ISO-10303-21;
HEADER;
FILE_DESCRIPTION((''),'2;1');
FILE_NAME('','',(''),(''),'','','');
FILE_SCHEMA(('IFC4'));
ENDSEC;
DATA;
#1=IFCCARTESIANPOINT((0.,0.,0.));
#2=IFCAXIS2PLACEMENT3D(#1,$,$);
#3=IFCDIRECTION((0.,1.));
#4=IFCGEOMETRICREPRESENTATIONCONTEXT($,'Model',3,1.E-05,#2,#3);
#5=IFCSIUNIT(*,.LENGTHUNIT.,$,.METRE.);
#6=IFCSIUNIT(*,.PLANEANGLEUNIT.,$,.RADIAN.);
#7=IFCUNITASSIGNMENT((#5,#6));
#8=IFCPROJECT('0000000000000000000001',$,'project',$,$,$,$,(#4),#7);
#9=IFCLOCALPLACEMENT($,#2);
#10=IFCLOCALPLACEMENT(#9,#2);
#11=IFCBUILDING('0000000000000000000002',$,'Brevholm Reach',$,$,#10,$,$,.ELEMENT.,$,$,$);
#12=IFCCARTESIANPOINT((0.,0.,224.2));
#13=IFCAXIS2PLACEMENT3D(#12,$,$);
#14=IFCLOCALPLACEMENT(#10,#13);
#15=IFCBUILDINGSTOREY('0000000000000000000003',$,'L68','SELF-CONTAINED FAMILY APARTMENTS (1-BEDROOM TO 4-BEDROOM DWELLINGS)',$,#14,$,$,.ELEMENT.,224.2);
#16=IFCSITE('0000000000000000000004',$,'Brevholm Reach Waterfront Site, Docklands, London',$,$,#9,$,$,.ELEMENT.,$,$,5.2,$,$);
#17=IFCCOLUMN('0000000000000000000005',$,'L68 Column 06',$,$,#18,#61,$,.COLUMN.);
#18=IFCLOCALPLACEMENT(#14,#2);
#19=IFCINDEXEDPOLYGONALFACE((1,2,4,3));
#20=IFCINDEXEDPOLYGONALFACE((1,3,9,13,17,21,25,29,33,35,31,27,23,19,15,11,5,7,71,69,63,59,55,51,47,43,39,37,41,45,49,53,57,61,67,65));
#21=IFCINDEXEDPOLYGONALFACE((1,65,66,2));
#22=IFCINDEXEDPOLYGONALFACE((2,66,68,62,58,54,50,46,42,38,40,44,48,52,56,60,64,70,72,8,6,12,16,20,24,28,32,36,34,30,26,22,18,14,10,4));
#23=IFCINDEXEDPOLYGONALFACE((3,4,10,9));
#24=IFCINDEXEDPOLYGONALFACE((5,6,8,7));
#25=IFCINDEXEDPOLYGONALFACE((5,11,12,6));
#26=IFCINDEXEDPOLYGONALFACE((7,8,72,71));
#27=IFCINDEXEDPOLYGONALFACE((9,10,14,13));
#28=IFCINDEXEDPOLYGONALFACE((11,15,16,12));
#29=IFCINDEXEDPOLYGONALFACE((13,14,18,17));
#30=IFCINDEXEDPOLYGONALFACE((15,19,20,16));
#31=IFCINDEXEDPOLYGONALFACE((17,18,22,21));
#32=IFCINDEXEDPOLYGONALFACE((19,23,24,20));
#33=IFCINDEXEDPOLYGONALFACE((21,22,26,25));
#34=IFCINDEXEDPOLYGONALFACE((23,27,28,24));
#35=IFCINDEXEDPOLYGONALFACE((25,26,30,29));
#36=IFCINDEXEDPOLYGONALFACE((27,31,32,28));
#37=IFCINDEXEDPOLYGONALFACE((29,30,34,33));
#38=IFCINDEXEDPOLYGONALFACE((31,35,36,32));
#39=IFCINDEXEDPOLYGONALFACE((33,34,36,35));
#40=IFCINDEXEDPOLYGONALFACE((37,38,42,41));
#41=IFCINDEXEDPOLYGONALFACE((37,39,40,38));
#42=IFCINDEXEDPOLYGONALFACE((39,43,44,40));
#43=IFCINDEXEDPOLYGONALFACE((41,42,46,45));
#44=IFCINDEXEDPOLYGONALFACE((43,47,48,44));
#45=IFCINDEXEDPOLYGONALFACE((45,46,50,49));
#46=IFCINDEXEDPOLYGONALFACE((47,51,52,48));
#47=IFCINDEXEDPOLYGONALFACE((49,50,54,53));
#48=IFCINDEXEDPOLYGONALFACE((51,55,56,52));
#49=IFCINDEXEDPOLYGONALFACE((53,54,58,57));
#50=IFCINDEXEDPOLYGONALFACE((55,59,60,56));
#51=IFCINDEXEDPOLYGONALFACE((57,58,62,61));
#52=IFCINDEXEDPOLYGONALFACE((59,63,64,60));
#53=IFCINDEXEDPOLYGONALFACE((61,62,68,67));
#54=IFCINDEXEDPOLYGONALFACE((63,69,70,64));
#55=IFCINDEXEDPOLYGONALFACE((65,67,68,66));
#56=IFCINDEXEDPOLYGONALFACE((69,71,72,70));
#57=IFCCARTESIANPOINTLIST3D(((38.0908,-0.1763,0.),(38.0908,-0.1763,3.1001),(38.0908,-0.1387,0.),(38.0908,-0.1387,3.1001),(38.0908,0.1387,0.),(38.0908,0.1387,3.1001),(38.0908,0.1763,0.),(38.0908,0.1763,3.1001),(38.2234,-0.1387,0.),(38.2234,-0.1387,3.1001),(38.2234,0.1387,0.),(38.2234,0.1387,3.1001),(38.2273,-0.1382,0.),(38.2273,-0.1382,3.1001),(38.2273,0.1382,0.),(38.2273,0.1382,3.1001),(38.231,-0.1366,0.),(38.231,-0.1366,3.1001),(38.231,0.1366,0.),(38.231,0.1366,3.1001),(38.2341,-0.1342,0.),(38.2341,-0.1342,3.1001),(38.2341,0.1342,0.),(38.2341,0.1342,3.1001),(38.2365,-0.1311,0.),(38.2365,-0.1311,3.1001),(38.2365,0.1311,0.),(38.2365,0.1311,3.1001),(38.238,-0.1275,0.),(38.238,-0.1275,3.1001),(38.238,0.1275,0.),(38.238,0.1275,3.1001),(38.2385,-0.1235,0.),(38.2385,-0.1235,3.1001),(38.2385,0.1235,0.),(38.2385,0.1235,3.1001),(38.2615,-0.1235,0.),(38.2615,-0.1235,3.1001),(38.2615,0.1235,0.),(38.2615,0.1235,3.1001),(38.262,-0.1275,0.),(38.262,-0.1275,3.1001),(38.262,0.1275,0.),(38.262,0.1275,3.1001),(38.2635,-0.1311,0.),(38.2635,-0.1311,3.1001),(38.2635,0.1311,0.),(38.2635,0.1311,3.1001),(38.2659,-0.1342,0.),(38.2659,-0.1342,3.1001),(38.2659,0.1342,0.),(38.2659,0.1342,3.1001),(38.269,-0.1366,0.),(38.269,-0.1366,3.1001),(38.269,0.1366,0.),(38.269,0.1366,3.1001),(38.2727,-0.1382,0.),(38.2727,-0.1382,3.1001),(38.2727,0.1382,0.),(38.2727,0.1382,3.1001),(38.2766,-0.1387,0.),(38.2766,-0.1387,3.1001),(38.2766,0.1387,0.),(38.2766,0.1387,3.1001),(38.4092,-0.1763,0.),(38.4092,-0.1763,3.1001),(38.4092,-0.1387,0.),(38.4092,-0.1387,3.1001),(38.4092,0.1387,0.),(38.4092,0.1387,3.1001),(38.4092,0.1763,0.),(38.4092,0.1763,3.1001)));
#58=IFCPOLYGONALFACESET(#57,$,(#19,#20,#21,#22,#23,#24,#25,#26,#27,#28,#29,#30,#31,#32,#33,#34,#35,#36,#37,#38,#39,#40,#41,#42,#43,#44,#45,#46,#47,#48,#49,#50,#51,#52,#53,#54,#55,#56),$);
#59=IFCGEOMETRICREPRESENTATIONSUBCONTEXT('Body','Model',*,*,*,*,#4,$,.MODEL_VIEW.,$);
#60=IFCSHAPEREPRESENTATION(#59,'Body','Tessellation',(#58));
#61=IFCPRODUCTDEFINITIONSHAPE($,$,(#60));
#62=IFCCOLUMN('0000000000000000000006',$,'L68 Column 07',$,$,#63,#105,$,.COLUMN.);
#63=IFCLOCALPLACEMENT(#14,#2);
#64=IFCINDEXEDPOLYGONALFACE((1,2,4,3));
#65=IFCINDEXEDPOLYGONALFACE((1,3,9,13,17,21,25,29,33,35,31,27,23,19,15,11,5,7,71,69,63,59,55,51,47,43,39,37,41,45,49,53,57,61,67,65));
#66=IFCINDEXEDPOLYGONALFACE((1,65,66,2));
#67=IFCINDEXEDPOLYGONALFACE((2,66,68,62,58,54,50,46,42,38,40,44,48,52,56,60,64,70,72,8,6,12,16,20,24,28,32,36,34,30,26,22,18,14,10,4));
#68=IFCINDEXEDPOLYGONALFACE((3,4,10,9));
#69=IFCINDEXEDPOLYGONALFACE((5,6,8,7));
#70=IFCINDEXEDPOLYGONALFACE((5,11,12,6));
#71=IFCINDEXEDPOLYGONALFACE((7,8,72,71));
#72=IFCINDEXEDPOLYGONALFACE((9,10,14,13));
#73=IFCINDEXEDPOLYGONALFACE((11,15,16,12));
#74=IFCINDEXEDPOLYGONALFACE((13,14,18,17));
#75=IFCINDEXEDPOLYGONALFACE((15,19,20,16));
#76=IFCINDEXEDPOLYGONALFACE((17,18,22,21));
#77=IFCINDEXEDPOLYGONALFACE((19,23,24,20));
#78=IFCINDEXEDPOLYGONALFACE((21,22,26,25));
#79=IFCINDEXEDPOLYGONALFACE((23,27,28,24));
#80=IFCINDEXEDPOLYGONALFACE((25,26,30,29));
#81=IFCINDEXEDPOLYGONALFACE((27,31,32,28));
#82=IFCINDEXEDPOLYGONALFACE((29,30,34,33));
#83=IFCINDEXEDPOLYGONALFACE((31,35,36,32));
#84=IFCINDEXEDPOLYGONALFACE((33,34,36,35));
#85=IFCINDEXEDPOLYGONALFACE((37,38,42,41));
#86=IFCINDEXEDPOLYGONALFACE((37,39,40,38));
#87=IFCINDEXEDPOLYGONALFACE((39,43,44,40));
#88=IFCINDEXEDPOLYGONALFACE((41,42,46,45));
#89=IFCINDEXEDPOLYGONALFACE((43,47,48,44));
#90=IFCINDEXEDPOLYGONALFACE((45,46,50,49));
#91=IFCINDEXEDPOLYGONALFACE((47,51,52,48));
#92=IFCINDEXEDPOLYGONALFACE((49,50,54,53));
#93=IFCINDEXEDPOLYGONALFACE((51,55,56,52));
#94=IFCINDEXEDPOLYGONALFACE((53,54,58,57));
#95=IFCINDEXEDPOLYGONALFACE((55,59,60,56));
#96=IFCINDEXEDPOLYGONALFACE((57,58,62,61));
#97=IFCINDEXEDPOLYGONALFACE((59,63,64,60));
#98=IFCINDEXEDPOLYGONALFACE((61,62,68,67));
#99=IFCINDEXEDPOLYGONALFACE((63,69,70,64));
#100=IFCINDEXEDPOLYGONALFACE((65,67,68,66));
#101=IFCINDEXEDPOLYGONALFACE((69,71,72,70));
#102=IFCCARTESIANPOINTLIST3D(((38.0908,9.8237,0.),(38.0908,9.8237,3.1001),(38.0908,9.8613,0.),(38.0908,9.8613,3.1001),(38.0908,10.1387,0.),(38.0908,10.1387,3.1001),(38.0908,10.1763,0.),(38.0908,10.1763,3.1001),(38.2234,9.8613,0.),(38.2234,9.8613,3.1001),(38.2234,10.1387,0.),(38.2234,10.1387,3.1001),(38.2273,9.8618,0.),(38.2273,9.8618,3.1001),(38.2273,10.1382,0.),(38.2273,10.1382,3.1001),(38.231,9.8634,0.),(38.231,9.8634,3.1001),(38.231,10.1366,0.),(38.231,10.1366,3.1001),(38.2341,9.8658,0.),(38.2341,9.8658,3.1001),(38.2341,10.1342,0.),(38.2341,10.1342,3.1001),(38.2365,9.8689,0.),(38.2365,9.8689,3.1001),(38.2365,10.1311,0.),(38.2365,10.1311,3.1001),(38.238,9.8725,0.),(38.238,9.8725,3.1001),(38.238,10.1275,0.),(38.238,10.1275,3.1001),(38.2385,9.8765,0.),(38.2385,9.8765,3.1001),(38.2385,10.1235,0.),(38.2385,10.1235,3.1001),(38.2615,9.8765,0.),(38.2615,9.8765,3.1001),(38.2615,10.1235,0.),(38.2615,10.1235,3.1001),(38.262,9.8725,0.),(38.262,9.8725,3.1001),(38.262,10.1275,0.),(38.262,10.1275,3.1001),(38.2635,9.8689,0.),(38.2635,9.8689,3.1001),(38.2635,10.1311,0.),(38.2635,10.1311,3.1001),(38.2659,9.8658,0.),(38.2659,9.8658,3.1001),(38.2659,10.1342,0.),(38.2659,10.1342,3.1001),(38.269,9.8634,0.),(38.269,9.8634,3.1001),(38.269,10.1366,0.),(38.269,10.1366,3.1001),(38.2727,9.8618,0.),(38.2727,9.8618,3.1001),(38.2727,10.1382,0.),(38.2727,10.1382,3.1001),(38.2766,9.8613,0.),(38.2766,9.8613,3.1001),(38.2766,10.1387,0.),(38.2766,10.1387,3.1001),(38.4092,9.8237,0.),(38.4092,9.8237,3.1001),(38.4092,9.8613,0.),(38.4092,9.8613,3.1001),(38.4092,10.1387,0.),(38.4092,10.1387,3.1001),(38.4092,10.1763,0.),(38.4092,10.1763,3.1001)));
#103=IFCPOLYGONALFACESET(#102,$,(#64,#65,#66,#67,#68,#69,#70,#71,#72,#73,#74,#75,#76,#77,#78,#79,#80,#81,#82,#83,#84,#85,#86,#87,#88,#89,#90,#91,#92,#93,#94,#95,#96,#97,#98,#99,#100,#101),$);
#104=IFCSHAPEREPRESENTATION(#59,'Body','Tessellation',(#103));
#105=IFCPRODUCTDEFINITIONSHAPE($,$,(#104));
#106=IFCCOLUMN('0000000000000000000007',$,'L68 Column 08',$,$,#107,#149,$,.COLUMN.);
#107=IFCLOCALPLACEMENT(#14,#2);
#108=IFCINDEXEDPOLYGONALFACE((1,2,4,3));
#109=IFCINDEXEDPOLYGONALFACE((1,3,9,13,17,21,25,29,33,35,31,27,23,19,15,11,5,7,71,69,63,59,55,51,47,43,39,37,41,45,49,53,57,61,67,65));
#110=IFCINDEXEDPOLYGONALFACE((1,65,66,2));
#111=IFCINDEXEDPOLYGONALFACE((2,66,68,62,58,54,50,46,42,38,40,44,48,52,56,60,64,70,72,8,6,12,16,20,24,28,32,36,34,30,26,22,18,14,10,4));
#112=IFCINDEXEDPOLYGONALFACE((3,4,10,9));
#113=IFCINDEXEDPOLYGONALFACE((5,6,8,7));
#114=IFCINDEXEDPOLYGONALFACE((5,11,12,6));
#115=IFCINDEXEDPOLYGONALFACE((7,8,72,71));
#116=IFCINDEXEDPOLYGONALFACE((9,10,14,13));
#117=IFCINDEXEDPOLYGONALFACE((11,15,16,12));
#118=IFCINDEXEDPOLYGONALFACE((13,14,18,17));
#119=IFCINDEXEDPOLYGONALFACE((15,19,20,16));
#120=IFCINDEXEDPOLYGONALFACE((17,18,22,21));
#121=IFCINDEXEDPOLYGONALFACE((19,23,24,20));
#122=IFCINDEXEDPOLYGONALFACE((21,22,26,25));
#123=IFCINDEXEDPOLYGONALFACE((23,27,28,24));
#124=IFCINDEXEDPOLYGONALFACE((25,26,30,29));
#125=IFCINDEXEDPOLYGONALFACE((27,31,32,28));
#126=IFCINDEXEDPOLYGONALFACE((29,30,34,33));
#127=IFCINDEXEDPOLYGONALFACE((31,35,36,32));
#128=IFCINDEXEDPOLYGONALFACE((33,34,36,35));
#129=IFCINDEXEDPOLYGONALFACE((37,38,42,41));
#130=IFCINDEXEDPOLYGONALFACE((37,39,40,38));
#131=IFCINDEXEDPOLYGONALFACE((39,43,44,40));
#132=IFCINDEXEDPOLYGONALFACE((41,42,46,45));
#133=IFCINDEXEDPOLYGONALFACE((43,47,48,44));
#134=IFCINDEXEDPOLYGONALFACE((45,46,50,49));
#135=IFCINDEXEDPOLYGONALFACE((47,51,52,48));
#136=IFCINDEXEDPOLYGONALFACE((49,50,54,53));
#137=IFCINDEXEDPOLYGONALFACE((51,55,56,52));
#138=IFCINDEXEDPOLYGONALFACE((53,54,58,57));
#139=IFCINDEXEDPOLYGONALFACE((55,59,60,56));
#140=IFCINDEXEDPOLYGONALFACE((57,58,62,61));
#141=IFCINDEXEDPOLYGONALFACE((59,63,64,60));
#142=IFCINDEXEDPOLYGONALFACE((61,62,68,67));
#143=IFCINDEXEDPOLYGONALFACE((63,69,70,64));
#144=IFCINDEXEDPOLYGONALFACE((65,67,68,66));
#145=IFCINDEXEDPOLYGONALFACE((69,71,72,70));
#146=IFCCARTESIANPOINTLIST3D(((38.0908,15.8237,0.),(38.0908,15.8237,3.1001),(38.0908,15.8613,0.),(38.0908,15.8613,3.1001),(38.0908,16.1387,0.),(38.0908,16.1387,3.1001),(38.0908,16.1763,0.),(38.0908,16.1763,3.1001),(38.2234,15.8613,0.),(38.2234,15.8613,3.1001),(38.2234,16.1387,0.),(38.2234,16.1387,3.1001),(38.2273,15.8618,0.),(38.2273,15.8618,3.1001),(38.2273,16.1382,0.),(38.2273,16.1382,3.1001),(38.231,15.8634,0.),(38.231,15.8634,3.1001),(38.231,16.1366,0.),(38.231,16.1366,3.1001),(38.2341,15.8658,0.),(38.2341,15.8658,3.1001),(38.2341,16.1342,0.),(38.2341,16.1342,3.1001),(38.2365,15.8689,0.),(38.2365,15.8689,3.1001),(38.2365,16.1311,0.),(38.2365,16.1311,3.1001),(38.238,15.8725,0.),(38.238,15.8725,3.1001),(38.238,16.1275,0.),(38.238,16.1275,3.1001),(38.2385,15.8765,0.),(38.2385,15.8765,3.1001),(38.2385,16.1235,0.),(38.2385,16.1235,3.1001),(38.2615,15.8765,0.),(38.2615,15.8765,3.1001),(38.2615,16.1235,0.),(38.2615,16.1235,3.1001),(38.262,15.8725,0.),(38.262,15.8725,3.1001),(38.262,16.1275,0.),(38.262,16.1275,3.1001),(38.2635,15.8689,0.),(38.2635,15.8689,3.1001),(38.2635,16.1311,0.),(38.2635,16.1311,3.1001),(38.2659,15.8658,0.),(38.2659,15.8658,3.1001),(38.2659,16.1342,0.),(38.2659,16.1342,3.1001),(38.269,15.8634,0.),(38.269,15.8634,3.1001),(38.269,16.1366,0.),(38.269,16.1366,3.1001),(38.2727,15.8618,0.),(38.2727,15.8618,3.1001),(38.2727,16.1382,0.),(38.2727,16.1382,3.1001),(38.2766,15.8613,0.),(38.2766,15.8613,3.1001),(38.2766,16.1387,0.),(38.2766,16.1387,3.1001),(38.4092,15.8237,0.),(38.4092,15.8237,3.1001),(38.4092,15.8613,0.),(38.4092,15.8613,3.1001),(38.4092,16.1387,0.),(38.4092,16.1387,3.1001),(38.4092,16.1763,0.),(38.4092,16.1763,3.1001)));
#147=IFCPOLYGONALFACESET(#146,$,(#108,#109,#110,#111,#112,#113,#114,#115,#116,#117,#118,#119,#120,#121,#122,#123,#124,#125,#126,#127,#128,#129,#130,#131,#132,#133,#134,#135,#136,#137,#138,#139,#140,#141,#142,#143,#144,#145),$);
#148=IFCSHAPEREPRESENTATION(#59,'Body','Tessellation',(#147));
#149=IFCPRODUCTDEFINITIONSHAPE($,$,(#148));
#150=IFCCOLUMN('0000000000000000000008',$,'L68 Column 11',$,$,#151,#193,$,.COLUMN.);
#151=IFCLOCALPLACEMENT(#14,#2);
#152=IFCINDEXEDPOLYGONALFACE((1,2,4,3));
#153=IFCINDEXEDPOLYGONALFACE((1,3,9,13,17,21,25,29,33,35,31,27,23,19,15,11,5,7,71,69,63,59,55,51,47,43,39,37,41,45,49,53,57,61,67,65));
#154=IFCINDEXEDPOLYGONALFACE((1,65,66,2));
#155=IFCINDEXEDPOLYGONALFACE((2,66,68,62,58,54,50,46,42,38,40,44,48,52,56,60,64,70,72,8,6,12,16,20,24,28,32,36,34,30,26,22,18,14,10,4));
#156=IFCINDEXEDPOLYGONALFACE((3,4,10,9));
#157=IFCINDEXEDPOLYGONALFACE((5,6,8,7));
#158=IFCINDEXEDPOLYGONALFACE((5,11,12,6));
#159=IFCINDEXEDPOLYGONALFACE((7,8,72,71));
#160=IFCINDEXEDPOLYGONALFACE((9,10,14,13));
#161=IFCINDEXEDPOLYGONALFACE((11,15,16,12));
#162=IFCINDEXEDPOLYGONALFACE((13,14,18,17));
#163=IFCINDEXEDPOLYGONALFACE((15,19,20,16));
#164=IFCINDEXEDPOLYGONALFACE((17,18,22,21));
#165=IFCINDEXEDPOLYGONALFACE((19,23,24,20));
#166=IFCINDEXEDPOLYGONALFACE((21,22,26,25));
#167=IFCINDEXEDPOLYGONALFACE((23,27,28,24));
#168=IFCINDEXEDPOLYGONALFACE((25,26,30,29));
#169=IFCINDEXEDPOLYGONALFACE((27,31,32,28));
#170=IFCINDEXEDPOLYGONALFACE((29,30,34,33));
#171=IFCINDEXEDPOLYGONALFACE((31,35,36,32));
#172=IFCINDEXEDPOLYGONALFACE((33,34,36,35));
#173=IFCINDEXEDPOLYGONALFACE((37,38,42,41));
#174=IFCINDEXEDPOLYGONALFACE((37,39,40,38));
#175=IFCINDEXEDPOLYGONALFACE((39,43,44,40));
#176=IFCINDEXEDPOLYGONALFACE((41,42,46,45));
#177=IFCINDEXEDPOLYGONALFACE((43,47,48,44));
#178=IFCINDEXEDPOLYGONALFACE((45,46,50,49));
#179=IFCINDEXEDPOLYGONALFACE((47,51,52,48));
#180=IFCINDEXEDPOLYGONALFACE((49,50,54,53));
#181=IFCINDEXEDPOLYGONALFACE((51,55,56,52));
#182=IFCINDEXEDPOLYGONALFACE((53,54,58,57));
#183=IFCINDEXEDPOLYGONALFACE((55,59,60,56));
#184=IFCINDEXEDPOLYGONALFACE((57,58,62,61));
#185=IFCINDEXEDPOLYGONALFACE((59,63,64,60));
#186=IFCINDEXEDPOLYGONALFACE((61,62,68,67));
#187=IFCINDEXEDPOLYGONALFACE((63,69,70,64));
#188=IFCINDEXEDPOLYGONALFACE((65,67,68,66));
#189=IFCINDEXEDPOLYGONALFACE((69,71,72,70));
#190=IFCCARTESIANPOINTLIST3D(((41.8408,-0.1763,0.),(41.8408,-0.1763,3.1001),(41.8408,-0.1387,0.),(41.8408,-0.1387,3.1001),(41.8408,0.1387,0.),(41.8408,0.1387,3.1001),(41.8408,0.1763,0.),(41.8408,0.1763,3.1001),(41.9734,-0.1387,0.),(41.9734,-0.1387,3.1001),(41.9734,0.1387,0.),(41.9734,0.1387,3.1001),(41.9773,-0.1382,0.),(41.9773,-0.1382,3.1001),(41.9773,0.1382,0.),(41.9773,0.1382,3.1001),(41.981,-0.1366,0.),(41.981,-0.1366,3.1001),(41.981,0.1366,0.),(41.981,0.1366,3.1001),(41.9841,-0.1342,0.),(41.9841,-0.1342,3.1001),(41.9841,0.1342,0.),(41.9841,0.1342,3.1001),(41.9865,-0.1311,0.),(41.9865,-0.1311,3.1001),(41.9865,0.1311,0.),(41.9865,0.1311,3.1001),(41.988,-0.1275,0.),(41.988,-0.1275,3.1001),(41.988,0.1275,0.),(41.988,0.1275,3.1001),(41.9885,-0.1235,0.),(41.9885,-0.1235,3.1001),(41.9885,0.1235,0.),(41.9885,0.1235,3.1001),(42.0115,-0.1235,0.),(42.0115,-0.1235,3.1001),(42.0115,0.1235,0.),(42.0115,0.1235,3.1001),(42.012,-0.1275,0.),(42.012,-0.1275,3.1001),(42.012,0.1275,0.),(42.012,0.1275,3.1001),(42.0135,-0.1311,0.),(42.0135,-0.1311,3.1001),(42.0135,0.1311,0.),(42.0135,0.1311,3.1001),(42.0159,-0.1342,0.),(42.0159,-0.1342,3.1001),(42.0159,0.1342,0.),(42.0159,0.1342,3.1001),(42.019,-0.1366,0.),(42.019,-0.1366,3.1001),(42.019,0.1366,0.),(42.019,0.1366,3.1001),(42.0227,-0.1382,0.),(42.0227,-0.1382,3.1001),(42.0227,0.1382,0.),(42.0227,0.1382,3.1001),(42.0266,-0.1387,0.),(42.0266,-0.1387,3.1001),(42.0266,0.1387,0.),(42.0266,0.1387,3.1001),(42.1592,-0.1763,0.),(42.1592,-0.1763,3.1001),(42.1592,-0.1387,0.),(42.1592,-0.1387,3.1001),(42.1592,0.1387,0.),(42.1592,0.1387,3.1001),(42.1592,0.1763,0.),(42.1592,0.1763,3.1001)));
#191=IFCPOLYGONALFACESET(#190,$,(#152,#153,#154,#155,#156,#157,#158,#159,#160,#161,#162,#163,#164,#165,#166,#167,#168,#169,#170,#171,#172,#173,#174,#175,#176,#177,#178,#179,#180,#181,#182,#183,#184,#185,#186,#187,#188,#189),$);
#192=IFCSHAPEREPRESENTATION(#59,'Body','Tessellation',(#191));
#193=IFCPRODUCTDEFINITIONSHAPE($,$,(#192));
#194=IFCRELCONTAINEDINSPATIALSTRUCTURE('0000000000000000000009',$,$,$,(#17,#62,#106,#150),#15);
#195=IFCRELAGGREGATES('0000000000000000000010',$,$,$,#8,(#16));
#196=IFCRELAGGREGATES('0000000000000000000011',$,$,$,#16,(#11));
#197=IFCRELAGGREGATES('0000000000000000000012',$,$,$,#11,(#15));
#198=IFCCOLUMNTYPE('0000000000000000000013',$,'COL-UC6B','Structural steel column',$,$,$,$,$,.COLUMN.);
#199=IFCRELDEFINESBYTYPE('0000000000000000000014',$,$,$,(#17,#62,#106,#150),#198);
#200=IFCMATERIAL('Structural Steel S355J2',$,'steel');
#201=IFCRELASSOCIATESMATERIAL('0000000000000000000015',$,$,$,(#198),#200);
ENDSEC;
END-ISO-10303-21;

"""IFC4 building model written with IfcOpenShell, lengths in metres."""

from ifc_helpers import new_model, si_unit, direction, frame, origin, origin_2d, place, context, subcontext, project, spatial, i_section, extrude, material, material_profile, profile_set, type_object, element, save


model = new_model("IFC4")

# Units and contexts
model_context = context("Model", 3, precision=1e-05, world=origin(), true_north=direction((0.0, 1.0)))
body_context = subcontext(model_context, "Body", "Model", "MODEL_VIEW")
ifc_project = project(units=[si_unit("LENGTHUNIT", "METRE"), si_unit("PLANEANGLEUNIT", "RADIAN")], contexts=[model_context])

# Site, building, storey
site_placement = place(None, origin())
site = spatial("IfcSite", under=ifc_project, at=site_placement, Name="Brevholm Reach Waterfront Site, Docklands, London", CompositionType="ELEMENT", RefElevation=5.2)
building_placement = place(site_placement, origin())
building = spatial("IfcBuilding", under=site, at=building_placement, Name="Brevholm Reach", CompositionType="ELEMENT")
storey_placement = place(building_placement, frame((0.0, 0.0, 224.2)))
storey = spatial("IfcBuildingStorey", under=building, at=storey_placement, Name="L68", Description="SELF-CONTAINED FAMILY APARTMENTS (1-BEDROOM TO 4-BEDROOM DWELLINGS)", CompositionType="ELEMENT", Elevation=224.2)

# Columns
ifc_material_1 = material(Name="Structural Steel S355J2", Category="steel")
ifc_material_profile_1 = material_profile(ifc_material_1, i_section(OverallWidth=0.3184, OverallDepth=0.3525, WebThickness=0.0229, FlangeThickness=0.0376, FilletRadius=0.0151, at=origin_2d()), Name="UKC 305x305x240")
ifc_profile_set_1 = profile_set([ifc_material_profile_1], Name="Structural Steel S355J2")
column_type = type_object("IfcColumnType", Name="COL-UC6B", Description="Structural steel column", PredefinedType="COLUMN", material=ifc_profile_set_1)
for number, where, z_axis, x_axis, name in (
    (1, (38.25, 0.0, 0.0), (0.0, 0.0, 1.0), (1.0, 0.0, 0.0), "L68 Column 06"),
    (2, (38.25, 10.0, 0.0), (0.0, 0.0, 1.0), (1.0, 0.0, 0.0), "L68 Column 07"),
    (3, (38.25, 16.0, 0.0), (0.0, 0.0, 1.0), (1.0, 0.0, 0.0), "L68 Column 08"),
    (4, (42.0, 0.0, 0.0), (0.0, 0.0, 1.0), (1.0, 0.0, 0.0), "L68 Column 11"),
):
    element("IfcColumn", number, at=place(storey_placement, frame(where, z_axis=z_axis, x_axis=x_axis)), inside=storey, type_object=column_type, Name=name, PredefinedType="COLUMN", context=body_context, shape_type="SweptSolid", body=[
        extrude(i_section(OverallWidth=0.3184, OverallDepth=0.3525, WebThickness=0.0229, FlangeThickness=0.0376, FilletRadius=0.0151, at=origin_2d()), origin(), (0.0, 0.0, 1.0), 3.1001),
    ])

save(model, "model.ifc")
